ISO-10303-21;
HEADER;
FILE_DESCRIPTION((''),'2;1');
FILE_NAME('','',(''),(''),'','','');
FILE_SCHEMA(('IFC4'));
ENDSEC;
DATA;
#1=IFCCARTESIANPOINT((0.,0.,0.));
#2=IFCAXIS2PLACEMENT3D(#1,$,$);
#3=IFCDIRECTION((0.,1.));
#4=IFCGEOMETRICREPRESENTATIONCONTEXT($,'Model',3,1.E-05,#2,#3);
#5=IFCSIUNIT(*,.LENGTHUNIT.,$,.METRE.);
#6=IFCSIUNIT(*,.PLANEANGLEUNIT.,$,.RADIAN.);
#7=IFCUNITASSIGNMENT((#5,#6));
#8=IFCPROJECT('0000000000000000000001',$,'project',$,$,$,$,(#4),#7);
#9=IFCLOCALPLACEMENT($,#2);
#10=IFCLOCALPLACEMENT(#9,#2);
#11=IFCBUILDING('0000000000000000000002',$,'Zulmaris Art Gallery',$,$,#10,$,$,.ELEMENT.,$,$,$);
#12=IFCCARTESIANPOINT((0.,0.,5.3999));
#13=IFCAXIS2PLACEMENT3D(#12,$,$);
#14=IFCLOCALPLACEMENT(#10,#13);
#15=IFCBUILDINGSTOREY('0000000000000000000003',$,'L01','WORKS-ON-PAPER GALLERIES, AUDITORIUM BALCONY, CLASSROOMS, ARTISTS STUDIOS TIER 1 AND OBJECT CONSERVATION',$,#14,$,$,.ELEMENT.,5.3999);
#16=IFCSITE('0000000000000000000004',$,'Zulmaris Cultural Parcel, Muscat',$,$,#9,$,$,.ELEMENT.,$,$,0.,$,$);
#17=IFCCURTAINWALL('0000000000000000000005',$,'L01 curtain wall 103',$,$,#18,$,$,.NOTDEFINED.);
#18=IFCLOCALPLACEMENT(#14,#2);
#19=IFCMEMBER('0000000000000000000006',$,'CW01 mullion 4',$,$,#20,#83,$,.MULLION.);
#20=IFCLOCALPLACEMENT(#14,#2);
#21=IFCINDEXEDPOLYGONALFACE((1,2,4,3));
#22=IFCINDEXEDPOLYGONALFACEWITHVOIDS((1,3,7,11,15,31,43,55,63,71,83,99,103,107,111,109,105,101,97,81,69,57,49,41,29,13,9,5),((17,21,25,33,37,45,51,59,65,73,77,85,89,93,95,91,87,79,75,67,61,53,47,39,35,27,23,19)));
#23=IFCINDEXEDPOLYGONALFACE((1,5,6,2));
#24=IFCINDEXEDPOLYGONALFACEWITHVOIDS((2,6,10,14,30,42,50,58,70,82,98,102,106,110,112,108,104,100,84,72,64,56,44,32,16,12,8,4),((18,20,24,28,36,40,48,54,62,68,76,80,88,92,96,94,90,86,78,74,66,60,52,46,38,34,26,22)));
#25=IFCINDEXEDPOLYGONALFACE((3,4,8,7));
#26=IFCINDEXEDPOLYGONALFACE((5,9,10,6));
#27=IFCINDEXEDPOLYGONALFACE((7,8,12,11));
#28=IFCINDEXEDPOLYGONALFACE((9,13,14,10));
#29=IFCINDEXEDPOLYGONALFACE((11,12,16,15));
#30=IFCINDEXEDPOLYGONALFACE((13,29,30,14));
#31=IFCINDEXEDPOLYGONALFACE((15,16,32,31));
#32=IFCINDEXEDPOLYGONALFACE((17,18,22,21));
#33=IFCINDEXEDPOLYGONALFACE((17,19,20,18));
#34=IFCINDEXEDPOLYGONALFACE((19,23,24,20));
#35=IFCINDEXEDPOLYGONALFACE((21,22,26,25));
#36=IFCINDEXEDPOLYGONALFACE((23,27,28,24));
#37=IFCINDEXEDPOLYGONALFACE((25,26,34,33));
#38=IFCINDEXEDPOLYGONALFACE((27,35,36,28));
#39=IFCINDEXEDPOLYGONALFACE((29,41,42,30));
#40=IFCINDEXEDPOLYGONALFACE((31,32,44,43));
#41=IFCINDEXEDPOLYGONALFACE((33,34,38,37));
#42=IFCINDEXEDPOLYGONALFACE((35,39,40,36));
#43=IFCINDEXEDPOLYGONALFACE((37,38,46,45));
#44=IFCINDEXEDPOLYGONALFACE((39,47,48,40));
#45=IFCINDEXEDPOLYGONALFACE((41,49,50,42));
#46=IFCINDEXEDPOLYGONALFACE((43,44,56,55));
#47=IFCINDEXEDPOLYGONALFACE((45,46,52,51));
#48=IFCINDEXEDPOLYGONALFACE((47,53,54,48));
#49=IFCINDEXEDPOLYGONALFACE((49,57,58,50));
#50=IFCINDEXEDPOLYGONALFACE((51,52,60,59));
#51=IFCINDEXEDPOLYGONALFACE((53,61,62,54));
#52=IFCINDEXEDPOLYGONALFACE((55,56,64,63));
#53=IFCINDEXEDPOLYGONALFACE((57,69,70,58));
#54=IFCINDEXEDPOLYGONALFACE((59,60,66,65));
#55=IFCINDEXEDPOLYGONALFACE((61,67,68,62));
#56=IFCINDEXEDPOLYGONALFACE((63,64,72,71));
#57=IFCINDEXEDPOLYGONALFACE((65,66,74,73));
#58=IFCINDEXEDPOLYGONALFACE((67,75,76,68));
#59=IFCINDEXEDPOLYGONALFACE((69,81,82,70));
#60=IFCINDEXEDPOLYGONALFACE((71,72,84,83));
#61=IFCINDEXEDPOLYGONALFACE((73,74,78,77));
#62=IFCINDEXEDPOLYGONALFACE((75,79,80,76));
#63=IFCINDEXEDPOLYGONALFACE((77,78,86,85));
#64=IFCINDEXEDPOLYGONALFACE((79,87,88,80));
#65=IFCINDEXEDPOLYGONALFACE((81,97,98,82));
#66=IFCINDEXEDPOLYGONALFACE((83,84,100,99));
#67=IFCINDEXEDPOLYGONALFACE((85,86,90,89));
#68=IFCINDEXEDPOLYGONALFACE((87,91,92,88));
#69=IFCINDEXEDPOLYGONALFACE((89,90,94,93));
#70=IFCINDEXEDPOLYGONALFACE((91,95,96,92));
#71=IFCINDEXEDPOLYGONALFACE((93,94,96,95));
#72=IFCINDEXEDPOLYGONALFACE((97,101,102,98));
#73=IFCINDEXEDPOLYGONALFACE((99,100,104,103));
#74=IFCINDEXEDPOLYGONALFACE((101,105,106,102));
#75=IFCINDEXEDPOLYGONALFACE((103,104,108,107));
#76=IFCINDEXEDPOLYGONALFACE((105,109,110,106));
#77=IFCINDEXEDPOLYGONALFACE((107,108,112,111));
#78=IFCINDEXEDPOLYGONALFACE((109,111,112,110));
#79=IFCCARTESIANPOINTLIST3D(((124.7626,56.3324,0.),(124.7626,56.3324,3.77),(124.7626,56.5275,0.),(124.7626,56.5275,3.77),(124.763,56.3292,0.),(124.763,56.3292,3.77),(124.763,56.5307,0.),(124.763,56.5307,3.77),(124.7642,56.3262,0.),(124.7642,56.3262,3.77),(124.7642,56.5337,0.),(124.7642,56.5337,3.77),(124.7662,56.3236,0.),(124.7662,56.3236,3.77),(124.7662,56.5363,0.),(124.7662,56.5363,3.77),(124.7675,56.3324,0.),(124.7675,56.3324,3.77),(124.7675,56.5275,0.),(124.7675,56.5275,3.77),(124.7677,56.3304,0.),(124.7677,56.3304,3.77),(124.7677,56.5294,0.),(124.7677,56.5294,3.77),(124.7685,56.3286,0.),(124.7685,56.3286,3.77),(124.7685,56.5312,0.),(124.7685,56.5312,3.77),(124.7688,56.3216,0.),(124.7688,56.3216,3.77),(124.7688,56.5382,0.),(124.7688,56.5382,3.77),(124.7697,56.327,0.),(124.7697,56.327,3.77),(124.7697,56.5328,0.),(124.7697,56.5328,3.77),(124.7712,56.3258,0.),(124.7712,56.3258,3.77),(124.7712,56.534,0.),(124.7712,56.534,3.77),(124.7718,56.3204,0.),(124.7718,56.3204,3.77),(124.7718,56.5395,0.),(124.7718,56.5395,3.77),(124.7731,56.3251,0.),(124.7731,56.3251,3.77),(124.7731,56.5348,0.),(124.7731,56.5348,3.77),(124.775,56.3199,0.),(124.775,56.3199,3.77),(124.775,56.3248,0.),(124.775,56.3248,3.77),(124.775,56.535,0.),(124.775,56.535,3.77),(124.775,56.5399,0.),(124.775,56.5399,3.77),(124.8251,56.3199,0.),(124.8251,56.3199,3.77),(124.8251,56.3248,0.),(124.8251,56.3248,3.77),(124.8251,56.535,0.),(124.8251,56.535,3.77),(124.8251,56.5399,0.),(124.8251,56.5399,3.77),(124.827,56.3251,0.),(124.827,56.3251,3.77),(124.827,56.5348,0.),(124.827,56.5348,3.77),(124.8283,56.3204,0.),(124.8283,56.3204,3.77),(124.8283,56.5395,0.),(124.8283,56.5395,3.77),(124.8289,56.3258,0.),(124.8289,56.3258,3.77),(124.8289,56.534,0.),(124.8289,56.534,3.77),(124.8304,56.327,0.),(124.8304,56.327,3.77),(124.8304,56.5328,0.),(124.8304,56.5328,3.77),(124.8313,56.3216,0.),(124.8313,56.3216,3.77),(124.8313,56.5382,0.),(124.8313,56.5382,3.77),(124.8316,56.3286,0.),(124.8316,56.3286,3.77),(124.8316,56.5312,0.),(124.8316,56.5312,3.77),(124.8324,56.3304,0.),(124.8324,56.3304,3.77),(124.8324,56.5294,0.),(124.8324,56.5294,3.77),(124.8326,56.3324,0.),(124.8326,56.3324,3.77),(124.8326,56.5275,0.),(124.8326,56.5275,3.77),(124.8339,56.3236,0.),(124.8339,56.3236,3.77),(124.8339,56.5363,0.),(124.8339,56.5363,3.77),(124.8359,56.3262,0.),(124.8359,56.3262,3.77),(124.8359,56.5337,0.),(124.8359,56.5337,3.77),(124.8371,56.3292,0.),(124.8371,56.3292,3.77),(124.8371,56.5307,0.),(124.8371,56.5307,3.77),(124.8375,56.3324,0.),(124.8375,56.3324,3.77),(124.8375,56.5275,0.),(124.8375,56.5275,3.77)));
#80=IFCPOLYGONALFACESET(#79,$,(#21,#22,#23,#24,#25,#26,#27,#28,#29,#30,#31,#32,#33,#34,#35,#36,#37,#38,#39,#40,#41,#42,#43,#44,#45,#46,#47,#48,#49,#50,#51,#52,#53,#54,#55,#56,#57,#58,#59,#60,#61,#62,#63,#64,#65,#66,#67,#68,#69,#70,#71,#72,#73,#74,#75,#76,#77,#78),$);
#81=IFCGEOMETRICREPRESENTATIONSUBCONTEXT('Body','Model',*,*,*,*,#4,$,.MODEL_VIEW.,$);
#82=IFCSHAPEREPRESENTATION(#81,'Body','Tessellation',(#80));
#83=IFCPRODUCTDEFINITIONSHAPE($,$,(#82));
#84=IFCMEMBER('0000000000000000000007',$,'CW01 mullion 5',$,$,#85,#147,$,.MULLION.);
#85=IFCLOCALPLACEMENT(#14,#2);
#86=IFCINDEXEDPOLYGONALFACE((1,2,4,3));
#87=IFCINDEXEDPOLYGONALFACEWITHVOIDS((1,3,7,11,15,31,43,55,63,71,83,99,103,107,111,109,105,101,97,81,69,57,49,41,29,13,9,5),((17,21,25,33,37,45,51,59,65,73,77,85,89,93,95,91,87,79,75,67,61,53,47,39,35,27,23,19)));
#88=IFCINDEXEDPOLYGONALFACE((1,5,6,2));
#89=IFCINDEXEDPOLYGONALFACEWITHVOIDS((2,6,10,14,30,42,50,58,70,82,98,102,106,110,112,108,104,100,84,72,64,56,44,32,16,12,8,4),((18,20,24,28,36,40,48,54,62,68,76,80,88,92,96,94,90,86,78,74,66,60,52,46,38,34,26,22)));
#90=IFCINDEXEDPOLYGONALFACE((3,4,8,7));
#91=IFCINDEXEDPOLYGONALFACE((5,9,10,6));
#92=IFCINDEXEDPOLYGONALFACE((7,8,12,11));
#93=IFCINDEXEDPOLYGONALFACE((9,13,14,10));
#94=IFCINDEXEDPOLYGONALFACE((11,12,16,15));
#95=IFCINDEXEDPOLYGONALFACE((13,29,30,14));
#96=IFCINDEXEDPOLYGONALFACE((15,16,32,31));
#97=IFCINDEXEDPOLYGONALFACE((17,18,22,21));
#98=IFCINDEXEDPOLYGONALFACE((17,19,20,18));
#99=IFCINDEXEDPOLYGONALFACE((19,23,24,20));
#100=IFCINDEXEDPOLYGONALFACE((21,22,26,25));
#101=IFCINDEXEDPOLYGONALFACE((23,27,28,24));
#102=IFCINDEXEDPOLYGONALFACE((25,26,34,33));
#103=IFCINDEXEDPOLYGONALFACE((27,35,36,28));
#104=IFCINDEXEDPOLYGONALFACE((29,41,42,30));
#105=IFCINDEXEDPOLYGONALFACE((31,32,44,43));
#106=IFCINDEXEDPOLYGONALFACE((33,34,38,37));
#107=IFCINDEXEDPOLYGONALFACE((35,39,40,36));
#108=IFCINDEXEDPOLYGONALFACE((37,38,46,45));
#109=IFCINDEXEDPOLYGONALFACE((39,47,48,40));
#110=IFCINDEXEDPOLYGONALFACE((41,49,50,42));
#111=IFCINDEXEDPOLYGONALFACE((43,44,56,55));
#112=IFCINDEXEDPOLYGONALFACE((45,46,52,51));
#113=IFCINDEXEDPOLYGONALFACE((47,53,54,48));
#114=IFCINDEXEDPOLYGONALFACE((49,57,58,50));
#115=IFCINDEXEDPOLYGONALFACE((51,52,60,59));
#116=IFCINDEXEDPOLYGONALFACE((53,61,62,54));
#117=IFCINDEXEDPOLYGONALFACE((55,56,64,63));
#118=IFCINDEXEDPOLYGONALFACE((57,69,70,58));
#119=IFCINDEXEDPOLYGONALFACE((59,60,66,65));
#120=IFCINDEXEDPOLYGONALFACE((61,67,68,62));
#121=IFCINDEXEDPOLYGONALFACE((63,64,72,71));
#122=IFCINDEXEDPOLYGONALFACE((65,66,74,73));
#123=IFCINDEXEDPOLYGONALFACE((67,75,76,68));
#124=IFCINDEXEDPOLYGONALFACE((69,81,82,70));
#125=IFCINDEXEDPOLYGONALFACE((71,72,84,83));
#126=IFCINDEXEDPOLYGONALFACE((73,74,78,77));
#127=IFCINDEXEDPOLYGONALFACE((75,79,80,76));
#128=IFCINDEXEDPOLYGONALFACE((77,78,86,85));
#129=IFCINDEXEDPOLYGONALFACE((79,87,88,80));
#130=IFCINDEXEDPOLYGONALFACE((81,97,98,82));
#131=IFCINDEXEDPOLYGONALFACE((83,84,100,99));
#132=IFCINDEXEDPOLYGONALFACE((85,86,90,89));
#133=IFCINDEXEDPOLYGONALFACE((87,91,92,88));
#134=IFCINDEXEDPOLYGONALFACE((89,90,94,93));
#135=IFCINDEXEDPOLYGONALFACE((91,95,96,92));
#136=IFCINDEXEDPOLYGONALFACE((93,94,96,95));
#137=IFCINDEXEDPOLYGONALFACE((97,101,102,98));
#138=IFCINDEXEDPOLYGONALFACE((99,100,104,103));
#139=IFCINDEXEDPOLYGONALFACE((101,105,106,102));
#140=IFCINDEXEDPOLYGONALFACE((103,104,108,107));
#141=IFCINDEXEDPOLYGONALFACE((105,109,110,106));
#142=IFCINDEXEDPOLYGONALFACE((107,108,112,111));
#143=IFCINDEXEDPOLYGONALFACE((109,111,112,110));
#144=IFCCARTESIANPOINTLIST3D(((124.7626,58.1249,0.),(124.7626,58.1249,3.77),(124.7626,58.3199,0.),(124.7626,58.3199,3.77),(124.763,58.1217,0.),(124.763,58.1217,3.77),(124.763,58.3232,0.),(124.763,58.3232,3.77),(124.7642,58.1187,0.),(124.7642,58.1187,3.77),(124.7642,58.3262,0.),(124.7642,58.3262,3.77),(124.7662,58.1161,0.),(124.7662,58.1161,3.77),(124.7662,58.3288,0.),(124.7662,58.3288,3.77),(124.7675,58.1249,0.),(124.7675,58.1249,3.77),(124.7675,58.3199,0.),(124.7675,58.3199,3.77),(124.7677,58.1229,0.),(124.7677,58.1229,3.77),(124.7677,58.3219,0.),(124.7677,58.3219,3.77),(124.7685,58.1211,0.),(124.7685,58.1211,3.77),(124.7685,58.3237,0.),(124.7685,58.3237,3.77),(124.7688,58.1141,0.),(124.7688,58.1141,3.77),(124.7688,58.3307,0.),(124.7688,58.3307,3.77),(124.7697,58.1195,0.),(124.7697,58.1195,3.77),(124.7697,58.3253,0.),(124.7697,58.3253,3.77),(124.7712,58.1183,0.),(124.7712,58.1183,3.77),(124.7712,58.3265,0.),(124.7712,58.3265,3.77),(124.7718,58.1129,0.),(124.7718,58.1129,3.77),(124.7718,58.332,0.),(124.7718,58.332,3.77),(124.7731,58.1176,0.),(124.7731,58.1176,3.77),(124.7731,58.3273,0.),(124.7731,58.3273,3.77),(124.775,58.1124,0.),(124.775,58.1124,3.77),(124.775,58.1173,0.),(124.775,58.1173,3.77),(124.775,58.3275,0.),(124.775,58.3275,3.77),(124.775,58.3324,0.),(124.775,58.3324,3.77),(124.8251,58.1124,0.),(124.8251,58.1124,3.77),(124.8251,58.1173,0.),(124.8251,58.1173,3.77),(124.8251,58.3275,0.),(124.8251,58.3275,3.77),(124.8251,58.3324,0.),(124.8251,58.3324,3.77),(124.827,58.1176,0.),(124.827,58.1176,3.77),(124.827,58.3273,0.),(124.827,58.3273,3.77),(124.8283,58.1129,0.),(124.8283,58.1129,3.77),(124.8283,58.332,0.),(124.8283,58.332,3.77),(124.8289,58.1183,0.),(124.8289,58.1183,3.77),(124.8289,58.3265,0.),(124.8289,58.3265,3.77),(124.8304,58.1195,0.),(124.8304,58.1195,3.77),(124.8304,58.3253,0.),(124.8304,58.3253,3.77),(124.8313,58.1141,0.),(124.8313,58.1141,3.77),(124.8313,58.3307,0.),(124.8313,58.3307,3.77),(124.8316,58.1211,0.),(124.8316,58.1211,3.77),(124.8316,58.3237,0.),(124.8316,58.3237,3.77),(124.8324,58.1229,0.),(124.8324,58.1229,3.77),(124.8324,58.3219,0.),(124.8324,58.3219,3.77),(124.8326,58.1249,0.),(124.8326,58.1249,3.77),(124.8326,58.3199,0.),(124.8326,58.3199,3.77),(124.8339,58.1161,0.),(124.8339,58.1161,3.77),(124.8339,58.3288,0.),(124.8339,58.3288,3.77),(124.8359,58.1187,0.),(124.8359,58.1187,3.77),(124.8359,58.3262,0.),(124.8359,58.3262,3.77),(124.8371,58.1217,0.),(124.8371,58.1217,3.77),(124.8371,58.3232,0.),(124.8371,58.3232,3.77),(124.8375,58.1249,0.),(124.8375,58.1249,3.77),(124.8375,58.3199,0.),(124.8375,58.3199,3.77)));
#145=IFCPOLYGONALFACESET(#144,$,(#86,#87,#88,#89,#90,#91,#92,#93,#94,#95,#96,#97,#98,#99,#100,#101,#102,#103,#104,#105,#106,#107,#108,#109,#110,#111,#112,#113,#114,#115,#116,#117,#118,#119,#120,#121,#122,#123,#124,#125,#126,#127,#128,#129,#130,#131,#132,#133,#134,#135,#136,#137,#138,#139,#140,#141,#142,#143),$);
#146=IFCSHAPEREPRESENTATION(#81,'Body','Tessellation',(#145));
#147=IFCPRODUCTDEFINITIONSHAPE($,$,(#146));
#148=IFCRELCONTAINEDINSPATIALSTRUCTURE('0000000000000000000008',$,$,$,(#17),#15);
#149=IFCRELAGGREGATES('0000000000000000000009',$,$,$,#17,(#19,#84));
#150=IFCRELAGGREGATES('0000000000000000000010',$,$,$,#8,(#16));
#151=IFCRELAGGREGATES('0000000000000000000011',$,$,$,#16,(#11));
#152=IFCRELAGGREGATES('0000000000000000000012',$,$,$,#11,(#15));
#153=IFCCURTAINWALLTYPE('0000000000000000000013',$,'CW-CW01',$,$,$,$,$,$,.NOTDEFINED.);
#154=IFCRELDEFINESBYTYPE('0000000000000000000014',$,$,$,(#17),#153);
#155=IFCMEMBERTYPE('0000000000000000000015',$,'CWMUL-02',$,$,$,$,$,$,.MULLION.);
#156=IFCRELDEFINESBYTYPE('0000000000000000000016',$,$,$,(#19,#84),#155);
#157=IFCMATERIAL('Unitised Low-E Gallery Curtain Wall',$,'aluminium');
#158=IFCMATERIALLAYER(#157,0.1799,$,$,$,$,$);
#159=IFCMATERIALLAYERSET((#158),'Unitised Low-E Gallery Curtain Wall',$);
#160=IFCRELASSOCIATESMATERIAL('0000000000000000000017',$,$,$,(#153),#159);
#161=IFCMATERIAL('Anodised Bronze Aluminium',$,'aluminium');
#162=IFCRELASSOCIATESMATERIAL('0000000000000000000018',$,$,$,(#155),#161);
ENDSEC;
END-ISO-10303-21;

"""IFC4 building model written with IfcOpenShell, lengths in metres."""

from ifc_helpers import new_model, si_unit, direction, frame, origin, origin_2d, place, context, subcontext, project, spatial, hollow_rectangle, extrude, material, layer, layer_set, material_profile, profile_set, type_object, element, aggregate, save


model = new_model("IFC4")

# Units and contexts
model_context = context("Model", 3, precision=1e-05, world=origin(), true_north=direction((0.0, 1.0)))
body_context = subcontext(model_context, "Body", "Model", "MODEL_VIEW")
ifc_project = project(units=[si_unit("LENGTHUNIT", "METRE"), si_unit("PLANEANGLEUNIT", "RADIAN")], contexts=[model_context])

# Site, building, storey
site_placement = place(None, origin())
site = spatial("IfcSite", under=ifc_project, at=site_placement, Name="Zulmaris Cultural Parcel, Muscat", CompositionType="ELEMENT", RefElevation=0.0)
building_placement = place(site_placement, origin())
building = spatial("IfcBuilding", under=site, at=building_placement, Name="Zulmaris Art Gallery", CompositionType="ELEMENT")
storey_placement = place(building_placement, frame((0.0, 0.0, 5.3999)))
storey = spatial("IfcBuildingStorey", under=building, at=storey_placement, Name="L01", Description="WORKS-ON-PAPER GALLERIES, AUDITORIUM BALCONY, CLASSROOMS, ARTISTS STUDIOS TIER 1 AND OBJECT CONSERVATION", CompositionType="ELEMENT", Elevation=5.3999)

# Shared definitions
ifc_material_1 = material(Name="Unitised Low-E Gallery Curtain Wall", Category="aluminium")
ifc_layer_1 = layer(ifc_material_1, 0.1799)
ifc_layer_set_1 = layer_set([ifc_layer_1], Name="Unitised Low-E Gallery Curtain Wall")
curtain_wall_type = type_object("IfcCurtainWallType", Name="CW-CW01", PredefinedType="NOTDEFINED", material=ifc_layer_set_1)
ifc_material_2 = material(Name="Anodised Bronze Aluminium", Category="aluminium")
ifc_material_profile_1 = material_profile(ifc_material_2, hollow_rectangle(XDim=0.075, YDim=0.22, WallThickness=0.0049, InnerFilletRadius=0.0076, OuterFilletRadius=0.0125, at=origin_2d()), Name="ALU 75x220x5")
ifc_profile_set_1 = profile_set([ifc_material_profile_1], Name="Anodised Bronze Aluminium")
member_type_1 = type_object("IfcMemberType", Name="CWMUL-02", PredefinedType="MULLION", material=ifc_profile_set_1)

# Curtain wall, members
curtain_wall_1_placement = place(storey_placement, origin())
curtain_wall_1 = element("IfcCurtainWall", 1, at=curtain_wall_1_placement, inside=storey, type_object=curtain_wall_type, Name="L01 curtain wall 103", PredefinedType="NOTDEFINED")
member_1_placement = place(storey_placement, frame((124.8, 56.4299, 0.0), z_axis=(0.0, 0.0, 1.0), x_axis=(-1.0, 0.0, 0.0)))
member_1 = element("IfcMember", 2, at=member_1_placement, type_object=member_type_1, Name="CW01 mullion 4", PredefinedType="MULLION", context=body_context, shape_type="SweptSolid", body=[
    extrude(hollow_rectangle(XDim=0.075, YDim=0.22, WallThickness=0.0049, InnerFilletRadius=0.0076, OuterFilletRadius=0.0125, at=origin_2d()), origin(), (0.0, 0.0, 1.0), 3.77),
])
member_2_placement = place(storey_placement, frame((124.8, 58.2224, 0.0), z_axis=(0.0, 0.0, 1.0), x_axis=(-1.0, 0.0, 0.0)))
member_2 = element("IfcMember", 3, at=member_2_placement, type_object=member_type_1, Name="CW01 mullion 5", PredefinedType="MULLION", context=body_context, shape_type="SweptSolid", body=[
    extrude(hollow_rectangle(XDim=0.075, YDim=0.22, WallThickness=0.0049, InnerFilletRadius=0.0076, OuterFilletRadius=0.0125, at=origin_2d()), origin(), (0.0, 0.0, 1.0), 3.77),
])

aggregate(curtain_wall_1, [member_1, member_2])

save(model, "model.ifc")
